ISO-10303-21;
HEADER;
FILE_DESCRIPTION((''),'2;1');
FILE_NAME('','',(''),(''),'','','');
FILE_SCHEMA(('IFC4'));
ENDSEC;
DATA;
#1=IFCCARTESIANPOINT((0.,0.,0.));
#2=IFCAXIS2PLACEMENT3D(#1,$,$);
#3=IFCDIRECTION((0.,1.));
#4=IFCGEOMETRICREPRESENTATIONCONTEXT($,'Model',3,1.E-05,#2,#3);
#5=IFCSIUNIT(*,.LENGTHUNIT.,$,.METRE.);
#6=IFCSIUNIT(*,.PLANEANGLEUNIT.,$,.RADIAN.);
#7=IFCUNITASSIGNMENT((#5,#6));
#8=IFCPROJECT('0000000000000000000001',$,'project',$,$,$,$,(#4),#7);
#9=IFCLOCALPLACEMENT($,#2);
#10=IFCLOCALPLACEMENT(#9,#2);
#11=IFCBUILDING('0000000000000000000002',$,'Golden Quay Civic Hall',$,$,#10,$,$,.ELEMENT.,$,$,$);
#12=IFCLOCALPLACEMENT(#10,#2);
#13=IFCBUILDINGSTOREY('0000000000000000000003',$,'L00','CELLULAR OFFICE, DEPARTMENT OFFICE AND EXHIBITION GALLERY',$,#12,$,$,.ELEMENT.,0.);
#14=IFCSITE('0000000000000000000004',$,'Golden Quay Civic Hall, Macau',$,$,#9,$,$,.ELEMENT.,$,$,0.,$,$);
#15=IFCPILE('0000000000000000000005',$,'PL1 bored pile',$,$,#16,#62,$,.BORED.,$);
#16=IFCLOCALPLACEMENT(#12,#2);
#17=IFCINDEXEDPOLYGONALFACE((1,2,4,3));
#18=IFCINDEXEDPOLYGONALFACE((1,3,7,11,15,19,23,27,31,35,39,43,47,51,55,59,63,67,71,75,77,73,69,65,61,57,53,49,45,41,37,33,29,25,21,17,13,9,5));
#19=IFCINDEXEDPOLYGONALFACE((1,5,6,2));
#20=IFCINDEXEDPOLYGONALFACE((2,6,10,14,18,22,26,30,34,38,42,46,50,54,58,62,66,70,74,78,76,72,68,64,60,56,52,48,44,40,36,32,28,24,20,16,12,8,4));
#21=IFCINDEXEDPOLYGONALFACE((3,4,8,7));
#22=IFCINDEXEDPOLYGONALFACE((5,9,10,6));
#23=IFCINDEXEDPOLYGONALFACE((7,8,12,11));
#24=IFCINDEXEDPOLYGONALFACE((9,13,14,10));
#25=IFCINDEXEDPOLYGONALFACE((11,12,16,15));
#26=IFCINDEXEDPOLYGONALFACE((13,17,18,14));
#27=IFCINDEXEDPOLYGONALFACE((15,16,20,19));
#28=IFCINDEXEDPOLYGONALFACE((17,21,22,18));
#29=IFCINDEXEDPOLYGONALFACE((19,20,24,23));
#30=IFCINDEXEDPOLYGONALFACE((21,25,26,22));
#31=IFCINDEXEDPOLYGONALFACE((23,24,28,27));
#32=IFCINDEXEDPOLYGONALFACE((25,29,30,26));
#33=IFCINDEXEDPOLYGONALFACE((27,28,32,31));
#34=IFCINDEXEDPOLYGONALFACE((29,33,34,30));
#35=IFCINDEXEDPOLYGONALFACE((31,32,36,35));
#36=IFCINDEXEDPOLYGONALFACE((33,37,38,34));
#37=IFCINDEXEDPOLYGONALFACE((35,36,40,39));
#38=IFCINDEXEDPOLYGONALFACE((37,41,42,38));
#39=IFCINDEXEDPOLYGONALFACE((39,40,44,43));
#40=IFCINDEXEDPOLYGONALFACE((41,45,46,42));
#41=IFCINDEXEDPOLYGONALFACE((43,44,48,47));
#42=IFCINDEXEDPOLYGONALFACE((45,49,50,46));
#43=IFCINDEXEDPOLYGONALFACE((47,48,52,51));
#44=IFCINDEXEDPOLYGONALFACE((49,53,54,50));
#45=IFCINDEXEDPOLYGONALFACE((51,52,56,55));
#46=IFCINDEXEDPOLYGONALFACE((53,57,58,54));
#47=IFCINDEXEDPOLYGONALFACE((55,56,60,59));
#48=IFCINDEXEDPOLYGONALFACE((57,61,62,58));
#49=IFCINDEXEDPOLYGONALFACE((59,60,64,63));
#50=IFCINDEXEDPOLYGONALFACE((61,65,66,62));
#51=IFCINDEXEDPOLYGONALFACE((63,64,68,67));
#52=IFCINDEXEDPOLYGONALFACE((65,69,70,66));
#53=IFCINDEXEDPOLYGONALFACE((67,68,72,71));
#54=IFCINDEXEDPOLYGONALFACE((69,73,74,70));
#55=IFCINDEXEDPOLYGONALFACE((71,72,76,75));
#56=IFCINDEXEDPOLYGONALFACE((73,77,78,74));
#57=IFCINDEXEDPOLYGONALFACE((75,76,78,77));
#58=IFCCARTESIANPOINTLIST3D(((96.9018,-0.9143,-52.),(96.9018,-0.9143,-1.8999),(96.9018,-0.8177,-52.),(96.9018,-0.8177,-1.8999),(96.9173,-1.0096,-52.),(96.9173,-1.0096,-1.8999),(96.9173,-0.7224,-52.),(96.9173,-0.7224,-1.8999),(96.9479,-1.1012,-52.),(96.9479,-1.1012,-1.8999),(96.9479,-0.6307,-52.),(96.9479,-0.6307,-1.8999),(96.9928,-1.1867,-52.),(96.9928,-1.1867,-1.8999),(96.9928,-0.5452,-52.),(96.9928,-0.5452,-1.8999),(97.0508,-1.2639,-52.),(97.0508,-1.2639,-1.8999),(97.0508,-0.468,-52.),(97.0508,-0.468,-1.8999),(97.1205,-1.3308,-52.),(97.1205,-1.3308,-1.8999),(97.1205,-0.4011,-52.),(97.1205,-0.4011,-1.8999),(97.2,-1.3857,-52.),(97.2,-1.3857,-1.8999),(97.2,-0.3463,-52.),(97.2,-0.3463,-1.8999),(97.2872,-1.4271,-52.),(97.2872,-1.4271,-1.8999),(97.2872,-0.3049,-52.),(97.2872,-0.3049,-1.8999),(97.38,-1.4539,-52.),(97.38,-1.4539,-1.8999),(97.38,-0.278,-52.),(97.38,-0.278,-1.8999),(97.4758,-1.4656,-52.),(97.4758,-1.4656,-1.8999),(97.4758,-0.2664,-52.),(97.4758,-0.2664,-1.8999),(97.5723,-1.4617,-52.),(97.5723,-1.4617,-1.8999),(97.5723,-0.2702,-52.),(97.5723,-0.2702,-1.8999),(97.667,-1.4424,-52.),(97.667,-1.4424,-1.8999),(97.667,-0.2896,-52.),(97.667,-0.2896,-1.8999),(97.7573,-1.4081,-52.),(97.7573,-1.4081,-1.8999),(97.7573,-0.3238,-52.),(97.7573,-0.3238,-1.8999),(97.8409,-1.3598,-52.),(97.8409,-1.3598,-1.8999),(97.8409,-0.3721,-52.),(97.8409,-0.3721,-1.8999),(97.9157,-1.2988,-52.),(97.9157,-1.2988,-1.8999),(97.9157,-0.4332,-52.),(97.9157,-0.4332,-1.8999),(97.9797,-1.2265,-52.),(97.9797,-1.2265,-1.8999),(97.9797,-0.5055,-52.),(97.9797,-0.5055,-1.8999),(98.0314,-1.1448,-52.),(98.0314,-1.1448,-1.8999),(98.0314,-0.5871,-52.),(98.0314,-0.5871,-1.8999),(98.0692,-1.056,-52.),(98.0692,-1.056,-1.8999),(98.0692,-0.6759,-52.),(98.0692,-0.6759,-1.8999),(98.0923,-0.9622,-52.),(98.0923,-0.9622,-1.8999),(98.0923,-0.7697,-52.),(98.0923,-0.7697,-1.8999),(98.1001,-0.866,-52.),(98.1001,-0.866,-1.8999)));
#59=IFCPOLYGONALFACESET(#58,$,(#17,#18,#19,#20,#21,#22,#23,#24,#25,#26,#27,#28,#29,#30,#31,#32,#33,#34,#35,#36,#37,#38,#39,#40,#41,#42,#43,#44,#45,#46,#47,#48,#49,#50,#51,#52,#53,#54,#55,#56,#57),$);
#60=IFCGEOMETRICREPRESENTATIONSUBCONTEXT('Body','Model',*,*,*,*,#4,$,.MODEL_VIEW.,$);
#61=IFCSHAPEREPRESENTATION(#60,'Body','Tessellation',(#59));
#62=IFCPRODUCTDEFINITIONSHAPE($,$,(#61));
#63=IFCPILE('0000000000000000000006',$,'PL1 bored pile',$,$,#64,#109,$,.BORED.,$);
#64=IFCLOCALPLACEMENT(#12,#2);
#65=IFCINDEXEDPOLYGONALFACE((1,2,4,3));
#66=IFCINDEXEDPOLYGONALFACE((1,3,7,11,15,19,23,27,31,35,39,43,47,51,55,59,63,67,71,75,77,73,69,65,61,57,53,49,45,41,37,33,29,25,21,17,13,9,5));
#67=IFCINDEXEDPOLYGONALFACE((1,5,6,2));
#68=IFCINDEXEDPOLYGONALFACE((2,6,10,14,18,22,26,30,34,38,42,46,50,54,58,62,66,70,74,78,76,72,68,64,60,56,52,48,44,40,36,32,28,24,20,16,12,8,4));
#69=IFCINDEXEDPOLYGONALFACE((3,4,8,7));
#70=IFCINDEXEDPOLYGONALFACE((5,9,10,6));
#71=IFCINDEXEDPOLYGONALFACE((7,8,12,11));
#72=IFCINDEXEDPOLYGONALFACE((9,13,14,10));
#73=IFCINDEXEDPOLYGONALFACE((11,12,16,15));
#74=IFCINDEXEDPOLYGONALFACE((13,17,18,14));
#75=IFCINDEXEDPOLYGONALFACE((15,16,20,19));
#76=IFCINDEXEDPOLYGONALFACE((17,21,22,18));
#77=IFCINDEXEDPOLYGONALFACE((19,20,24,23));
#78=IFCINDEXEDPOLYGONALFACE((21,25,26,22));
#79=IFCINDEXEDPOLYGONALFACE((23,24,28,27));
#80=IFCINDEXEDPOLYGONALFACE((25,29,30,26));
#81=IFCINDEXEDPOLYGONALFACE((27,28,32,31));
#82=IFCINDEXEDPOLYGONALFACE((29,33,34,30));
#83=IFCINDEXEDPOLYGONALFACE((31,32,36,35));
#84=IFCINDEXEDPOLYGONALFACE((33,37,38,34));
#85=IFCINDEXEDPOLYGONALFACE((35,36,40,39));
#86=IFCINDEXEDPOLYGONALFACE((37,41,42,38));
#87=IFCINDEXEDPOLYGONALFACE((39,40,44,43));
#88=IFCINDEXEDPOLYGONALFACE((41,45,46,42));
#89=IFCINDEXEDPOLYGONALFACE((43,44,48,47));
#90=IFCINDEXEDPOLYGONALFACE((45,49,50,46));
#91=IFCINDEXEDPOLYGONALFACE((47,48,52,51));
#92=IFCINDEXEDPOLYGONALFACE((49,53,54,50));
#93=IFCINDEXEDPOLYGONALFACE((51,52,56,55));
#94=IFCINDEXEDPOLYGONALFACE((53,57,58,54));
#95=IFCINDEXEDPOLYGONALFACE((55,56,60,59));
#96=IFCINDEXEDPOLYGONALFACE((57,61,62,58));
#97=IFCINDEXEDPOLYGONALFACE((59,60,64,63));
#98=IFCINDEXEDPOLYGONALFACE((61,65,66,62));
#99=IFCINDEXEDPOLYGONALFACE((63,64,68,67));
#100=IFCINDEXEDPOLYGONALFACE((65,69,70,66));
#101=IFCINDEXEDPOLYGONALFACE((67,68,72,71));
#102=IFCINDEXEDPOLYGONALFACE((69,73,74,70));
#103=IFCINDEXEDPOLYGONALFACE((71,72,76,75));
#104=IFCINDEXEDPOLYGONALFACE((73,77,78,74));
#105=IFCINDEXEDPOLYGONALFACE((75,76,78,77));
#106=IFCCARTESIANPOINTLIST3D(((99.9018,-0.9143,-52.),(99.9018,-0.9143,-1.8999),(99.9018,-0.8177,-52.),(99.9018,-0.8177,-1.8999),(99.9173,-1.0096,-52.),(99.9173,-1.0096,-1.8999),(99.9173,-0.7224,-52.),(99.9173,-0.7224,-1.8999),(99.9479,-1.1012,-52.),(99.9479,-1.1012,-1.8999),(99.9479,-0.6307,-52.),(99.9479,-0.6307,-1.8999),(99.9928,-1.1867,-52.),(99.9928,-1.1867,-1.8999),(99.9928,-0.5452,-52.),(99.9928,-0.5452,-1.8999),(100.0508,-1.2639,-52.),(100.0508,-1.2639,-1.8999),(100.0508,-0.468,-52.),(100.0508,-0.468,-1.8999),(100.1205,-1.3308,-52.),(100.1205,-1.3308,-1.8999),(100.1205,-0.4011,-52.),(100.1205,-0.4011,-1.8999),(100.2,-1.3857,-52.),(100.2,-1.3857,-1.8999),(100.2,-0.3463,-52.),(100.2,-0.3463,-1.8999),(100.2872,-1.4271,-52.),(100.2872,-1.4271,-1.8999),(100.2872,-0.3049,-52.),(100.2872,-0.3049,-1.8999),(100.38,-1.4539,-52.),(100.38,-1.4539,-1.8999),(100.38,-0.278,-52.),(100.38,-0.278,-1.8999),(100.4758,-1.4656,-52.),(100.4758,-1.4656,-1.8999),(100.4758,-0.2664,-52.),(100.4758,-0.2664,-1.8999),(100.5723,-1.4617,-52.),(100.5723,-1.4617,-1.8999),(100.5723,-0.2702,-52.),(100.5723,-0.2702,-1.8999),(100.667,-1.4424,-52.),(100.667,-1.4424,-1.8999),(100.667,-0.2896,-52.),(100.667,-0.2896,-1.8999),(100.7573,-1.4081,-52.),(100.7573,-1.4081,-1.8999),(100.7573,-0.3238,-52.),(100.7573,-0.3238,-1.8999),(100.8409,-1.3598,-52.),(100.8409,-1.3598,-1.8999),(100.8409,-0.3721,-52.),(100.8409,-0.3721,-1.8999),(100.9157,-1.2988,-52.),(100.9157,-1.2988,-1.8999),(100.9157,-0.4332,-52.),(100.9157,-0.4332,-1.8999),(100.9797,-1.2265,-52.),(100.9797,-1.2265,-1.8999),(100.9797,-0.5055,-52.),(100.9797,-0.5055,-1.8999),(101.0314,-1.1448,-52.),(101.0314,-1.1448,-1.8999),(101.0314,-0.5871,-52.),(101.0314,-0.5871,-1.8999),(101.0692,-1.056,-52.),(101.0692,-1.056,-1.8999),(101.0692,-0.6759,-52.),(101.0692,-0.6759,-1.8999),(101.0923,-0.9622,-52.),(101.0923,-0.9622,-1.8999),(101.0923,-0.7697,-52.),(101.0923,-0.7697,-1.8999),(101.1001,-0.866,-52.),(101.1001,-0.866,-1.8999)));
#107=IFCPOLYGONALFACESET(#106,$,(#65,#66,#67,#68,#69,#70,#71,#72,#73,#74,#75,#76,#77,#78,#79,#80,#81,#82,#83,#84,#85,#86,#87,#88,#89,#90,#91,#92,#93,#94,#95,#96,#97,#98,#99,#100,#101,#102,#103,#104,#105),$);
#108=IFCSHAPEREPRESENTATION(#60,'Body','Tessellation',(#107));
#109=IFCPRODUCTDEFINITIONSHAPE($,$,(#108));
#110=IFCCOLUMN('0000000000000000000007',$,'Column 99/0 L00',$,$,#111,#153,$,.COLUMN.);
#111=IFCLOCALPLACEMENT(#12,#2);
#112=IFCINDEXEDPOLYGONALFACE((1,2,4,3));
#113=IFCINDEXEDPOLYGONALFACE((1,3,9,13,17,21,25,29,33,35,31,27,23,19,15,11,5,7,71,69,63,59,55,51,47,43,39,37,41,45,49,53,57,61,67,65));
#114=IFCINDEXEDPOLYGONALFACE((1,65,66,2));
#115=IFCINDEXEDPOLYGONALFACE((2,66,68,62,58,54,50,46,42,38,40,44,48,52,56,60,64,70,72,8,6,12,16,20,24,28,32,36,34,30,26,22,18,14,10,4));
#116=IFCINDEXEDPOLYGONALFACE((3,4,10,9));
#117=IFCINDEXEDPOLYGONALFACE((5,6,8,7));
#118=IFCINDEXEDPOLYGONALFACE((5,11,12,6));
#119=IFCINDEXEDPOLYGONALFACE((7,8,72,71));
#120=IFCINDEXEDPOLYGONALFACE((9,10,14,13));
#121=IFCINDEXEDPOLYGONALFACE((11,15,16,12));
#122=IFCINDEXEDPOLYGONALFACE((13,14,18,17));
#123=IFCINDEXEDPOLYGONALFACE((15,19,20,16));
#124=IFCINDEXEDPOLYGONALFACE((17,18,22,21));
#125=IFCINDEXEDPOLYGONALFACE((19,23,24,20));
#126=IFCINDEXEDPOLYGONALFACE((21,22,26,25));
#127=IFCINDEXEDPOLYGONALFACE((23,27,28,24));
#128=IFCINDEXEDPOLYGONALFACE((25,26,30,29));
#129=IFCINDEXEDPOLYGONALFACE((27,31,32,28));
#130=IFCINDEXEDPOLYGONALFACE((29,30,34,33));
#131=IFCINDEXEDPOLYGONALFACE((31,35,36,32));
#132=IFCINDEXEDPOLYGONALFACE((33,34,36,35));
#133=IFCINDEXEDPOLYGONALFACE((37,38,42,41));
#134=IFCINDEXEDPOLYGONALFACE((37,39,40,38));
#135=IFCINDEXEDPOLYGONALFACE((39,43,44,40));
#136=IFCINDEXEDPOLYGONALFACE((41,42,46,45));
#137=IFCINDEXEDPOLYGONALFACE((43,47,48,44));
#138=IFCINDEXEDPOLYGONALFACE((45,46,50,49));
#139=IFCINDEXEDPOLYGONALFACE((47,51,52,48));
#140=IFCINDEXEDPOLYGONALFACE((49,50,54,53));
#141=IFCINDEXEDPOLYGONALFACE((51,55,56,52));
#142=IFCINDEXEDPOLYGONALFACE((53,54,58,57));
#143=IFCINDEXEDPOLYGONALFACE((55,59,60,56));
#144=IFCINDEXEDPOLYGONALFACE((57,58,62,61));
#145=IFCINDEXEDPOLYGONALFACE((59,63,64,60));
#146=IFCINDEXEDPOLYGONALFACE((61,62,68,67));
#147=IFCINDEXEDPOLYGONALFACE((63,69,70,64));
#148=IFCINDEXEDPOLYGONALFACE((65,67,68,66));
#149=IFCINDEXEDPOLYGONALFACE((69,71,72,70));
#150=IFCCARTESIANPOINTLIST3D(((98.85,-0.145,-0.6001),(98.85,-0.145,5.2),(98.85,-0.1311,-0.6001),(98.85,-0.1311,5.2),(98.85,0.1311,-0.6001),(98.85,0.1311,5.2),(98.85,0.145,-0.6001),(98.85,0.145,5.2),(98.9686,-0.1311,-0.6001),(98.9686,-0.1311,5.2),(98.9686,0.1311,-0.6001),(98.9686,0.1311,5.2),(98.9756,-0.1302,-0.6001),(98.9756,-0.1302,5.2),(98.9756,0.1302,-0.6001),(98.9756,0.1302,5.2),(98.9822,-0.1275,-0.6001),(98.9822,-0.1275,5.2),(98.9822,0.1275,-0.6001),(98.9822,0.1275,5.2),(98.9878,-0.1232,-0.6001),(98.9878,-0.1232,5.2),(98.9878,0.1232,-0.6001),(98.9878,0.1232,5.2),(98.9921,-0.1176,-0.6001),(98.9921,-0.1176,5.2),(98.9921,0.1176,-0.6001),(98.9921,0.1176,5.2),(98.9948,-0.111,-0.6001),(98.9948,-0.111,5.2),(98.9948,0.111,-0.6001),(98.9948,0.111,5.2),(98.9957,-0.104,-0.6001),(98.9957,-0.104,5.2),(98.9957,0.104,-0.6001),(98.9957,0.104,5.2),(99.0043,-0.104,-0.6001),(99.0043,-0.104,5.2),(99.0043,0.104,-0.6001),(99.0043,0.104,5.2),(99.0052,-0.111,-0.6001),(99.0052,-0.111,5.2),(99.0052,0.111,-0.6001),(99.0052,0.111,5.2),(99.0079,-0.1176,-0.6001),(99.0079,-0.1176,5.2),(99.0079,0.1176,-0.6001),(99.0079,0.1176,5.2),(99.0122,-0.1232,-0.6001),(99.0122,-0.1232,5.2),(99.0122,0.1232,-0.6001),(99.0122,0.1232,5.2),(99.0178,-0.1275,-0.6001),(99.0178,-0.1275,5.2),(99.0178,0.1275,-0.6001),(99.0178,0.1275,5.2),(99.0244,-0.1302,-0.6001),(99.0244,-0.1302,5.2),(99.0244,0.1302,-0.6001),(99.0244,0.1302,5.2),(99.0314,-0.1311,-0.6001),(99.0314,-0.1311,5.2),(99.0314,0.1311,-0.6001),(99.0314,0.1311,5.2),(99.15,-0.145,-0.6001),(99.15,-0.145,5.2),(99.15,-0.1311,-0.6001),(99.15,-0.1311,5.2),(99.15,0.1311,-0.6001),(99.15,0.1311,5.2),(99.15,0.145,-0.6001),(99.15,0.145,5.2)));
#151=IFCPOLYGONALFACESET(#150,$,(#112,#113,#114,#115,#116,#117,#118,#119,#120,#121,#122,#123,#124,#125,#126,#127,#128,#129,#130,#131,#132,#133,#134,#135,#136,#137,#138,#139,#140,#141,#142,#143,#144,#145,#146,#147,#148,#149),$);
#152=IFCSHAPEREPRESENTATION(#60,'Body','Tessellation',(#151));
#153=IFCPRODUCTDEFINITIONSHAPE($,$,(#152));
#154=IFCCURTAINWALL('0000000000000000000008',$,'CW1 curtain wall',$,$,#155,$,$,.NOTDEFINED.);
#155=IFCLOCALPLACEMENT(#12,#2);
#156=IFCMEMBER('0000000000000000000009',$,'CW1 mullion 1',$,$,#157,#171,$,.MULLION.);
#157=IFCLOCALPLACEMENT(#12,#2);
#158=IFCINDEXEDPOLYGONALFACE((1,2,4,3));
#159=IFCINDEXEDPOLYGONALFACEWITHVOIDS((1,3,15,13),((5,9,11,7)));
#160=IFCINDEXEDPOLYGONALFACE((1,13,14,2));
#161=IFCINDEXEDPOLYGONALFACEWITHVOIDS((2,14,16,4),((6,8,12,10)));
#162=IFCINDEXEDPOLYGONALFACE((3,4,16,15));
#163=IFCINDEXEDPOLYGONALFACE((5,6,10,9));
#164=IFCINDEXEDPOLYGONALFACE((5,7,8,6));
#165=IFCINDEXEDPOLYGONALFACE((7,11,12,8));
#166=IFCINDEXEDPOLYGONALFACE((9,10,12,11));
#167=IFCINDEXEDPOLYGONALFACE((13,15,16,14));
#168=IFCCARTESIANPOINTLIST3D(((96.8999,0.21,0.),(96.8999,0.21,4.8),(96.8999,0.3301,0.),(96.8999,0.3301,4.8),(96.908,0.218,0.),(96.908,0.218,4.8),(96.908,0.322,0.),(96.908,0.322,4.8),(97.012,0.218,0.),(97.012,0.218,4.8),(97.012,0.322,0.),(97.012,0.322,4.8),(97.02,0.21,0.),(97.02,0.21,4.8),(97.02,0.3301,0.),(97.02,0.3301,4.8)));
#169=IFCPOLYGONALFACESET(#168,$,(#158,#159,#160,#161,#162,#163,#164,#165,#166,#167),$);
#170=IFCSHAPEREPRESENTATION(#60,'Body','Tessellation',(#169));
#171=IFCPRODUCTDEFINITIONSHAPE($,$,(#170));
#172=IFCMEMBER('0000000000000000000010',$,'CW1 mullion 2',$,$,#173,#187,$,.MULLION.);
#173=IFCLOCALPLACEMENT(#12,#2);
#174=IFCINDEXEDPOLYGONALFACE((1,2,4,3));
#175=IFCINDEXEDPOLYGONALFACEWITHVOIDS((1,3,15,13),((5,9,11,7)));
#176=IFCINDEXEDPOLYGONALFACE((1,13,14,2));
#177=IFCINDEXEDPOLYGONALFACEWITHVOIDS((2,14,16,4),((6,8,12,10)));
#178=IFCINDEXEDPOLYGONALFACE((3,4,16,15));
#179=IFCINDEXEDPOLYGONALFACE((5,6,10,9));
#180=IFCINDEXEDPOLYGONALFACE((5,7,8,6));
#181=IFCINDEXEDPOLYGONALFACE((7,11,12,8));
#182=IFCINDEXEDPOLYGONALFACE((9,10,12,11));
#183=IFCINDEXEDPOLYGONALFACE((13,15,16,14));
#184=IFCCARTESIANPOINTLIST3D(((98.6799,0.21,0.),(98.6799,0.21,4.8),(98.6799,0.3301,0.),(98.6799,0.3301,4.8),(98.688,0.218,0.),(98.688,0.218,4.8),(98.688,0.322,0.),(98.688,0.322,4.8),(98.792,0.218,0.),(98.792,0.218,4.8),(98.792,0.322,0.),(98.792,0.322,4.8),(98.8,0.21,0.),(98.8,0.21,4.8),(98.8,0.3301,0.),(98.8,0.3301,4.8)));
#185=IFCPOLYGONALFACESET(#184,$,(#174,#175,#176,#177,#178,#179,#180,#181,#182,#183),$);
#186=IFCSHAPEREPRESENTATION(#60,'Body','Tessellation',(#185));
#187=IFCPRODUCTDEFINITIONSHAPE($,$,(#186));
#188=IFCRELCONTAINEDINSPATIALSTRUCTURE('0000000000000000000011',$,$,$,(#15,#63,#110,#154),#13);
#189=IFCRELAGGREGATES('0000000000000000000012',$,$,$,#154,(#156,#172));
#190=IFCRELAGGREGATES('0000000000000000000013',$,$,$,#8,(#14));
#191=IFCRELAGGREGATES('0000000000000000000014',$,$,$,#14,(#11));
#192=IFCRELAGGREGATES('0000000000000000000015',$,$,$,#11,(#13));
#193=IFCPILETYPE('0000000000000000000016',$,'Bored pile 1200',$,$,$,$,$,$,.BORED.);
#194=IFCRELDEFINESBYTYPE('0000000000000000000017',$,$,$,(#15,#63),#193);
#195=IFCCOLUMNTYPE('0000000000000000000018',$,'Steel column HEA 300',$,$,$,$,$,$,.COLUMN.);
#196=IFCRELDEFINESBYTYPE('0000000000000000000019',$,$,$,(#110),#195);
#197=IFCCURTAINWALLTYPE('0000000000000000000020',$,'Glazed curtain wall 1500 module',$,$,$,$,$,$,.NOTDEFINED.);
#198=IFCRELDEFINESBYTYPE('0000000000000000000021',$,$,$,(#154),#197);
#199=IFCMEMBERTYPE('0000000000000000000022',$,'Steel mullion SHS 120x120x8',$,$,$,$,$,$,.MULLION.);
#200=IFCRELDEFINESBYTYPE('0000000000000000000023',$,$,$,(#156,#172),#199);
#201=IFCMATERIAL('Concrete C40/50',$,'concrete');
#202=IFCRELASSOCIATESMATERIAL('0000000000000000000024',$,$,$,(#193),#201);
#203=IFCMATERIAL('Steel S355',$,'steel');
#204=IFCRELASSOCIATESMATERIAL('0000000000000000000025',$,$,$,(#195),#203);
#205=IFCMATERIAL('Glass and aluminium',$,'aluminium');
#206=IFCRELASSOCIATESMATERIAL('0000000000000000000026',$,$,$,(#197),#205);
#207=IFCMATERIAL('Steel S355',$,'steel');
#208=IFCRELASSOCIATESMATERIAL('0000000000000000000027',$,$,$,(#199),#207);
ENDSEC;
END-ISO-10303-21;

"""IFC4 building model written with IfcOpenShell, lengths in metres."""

from ifc_helpers import new_model, si_unit, direction, frame, origin, origin_2d, place, context, subcontext, project, spatial, hollow_rectangle, circle, i_section, extrude, material, material_profile, profile_set, type_object, element, aggregate, save


model = new_model("IFC4")

# Units and contexts
model_context = context("Model", 3, precision=1e-05, world=origin(), true_north=direction((0.0, 1.0)))
body_context = subcontext(model_context, "Body", "Model", "MODEL_VIEW")
ifc_project = project(units=[si_unit("LENGTHUNIT", "METRE"), si_unit("PLANEANGLEUNIT", "RADIAN")], contexts=[model_context])

# Site, building, storey
site_placement = place(None, origin())
site = spatial("IfcSite", under=ifc_project, at=site_placement, Name="Golden Quay Civic Hall, Macau", CompositionType="ELEMENT", RefElevation=0.0)
building_placement = place(site_placement, origin())
building = spatial("IfcBuilding", under=site, at=building_placement, Name="Golden Quay Civic Hall", CompositionType="ELEMENT")
storey_placement = place(building_placement, origin())
storey = spatial("IfcBuildingStorey", under=building, at=storey_placement, Name="L00", Description="CELLULAR OFFICE, DEPARTMENT OFFICE AND EXHIBITION GALLERY", CompositionType="ELEMENT", Elevation=0.0)

# Piles
ifc_material_1 = material(Name="Concrete C40/50", Category="concrete")
ifc_material_profile_1 = material_profile(ifc_material_1, circle(Radius=0.6001, at=origin_2d()), Name="RC D1200")
ifc_profile_set_1 = profile_set([ifc_material_profile_1], Name="Concrete C40/50")
pile_type = type_object("IfcPileType", Name="Bored pile 1200", PredefinedType="BORED", material=ifc_profile_set_1)
for number, where, z_axis, x_axis, name in (
    (1, (97.5, -0.866, -1.8999), (0.0, 0.0, -1.0), (1.0, 0.0, 0.0), "PL1 bored pile"),
    (2, (100.5, -0.866, -1.8999), (0.0, 0.0, -1.0), (1.0, 0.0, 0.0), "PL1 bored pile"),
):
    element("IfcPile", number, at=place(storey_placement, frame(where, z_axis=z_axis, x_axis=x_axis)), inside=storey, type_object=pile_type, Name=name, PredefinedType="BORED", context=body_context, shape_type="SweptSolid", body=[
        extrude(circle(Radius=0.6001, at=origin_2d()), origin(), (0.0, 0.0, 1.0), 50.1001),
    ])

# Column
ifc_material_2 = material(Name="Steel S355", Category="steel")
ifc_material_profile_2 = material_profile(ifc_material_2, i_section(OverallWidth=0.3, OverallDepth=0.29, WebThickness=0.0085, FlangeThickness=0.0139, FilletRadius=0.0271, at=origin_2d()), Name="HEA 300")
ifc_profile_set_2 = profile_set([ifc_material_profile_2], Name="Steel S355")
column_type = type_object("IfcColumnType", Name="Steel column HEA 300", PredefinedType="COLUMN", material=ifc_profile_set_2)
column_placement = place(storey_placement, frame((99.0, 0.0, -0.6001), z_axis=(0.0, 0.0, 1.0), x_axis=(1.0, 0.0, 0.0)))
element("IfcColumn", 3, at=column_placement, inside=storey, type_object=column_type, Name="Column 99/0 L00", PredefinedType="COLUMN", context=body_context, shape_type="SweptSolid", body=[
    extrude(i_section(OverallWidth=0.3, OverallDepth=0.29, WebThickness=0.0085, FlangeThickness=0.0139, FilletRadius=0.0271, at=origin_2d()), origin(), (0.0, 0.0, 1.0), 5.8),
])

# Curtain wall, members
ifc_material_3 = material(Name="Glass and aluminium", Category="aluminium")
curtain_wall_type = type_object("IfcCurtainWallType", Name="Glazed curtain wall 1500 module", PredefinedType="NOTDEFINED", material=ifc_material_3)
curtain_wall_placement = place(storey_placement, origin())
curtain_wall = element("IfcCurtainWall", 4, at=curtain_wall_placement, inside=storey, type_object=curtain_wall_type, Name="CW1 curtain wall", PredefinedType="NOTDEFINED")
ifc_material_4 = material(Name="Steel S355", Category="steel")
ifc_material_profile_3 = material_profile(ifc_material_4, hollow_rectangle(XDim=0.1201, YDim=0.1201, WallThickness=0.0081, at=origin_2d()), Name="SHS 120x120x8")
ifc_profile_set_3 = profile_set([ifc_material_profile_3], Name="Steel S355")
member_type_1 = type_object("IfcMemberType", Name="Steel mullion SHS 120x120x8", PredefinedType="MULLION", material=ifc_profile_set_3)
member_1_placement = place(storey_placement, frame((96.96, 0.27, 0.0), z_axis=(0.0, 0.0, 1.0), x_axis=(0.0, 1.0, 0.0)))
member_1 = element("IfcMember", 5, at=member_1_placement, type_object=member_type_1, Name="CW1 mullion 1", PredefinedType="MULLION", context=body_context, shape_type="SweptSolid", body=[
    extrude(hollow_rectangle(XDim=0.1201, YDim=0.1201, WallThickness=0.0081, at=origin_2d()), origin(), (0.0, 0.0, 1.0), 4.8),
])
member_2_placement = place(storey_placement, frame((98.74, 0.27, 0.0), z_axis=(0.0, 0.0, 1.0), x_axis=(0.0, 1.0, 0.0)))
member_2 = element("IfcMember", 6, at=member_2_placement, type_object=member_type_1, Name="CW1 mullion 2", PredefinedType="MULLION", context=body_context, shape_type="SweptSolid", body=[
    extrude(hollow_rectangle(XDim=0.1201, YDim=0.1201, WallThickness=0.0081, at=origin_2d()), origin(), (0.0, 0.0, 1.0), 4.8),
])
aggregate(curtain_wall, [member_1, member_2])

save(model, "model.ifc")
